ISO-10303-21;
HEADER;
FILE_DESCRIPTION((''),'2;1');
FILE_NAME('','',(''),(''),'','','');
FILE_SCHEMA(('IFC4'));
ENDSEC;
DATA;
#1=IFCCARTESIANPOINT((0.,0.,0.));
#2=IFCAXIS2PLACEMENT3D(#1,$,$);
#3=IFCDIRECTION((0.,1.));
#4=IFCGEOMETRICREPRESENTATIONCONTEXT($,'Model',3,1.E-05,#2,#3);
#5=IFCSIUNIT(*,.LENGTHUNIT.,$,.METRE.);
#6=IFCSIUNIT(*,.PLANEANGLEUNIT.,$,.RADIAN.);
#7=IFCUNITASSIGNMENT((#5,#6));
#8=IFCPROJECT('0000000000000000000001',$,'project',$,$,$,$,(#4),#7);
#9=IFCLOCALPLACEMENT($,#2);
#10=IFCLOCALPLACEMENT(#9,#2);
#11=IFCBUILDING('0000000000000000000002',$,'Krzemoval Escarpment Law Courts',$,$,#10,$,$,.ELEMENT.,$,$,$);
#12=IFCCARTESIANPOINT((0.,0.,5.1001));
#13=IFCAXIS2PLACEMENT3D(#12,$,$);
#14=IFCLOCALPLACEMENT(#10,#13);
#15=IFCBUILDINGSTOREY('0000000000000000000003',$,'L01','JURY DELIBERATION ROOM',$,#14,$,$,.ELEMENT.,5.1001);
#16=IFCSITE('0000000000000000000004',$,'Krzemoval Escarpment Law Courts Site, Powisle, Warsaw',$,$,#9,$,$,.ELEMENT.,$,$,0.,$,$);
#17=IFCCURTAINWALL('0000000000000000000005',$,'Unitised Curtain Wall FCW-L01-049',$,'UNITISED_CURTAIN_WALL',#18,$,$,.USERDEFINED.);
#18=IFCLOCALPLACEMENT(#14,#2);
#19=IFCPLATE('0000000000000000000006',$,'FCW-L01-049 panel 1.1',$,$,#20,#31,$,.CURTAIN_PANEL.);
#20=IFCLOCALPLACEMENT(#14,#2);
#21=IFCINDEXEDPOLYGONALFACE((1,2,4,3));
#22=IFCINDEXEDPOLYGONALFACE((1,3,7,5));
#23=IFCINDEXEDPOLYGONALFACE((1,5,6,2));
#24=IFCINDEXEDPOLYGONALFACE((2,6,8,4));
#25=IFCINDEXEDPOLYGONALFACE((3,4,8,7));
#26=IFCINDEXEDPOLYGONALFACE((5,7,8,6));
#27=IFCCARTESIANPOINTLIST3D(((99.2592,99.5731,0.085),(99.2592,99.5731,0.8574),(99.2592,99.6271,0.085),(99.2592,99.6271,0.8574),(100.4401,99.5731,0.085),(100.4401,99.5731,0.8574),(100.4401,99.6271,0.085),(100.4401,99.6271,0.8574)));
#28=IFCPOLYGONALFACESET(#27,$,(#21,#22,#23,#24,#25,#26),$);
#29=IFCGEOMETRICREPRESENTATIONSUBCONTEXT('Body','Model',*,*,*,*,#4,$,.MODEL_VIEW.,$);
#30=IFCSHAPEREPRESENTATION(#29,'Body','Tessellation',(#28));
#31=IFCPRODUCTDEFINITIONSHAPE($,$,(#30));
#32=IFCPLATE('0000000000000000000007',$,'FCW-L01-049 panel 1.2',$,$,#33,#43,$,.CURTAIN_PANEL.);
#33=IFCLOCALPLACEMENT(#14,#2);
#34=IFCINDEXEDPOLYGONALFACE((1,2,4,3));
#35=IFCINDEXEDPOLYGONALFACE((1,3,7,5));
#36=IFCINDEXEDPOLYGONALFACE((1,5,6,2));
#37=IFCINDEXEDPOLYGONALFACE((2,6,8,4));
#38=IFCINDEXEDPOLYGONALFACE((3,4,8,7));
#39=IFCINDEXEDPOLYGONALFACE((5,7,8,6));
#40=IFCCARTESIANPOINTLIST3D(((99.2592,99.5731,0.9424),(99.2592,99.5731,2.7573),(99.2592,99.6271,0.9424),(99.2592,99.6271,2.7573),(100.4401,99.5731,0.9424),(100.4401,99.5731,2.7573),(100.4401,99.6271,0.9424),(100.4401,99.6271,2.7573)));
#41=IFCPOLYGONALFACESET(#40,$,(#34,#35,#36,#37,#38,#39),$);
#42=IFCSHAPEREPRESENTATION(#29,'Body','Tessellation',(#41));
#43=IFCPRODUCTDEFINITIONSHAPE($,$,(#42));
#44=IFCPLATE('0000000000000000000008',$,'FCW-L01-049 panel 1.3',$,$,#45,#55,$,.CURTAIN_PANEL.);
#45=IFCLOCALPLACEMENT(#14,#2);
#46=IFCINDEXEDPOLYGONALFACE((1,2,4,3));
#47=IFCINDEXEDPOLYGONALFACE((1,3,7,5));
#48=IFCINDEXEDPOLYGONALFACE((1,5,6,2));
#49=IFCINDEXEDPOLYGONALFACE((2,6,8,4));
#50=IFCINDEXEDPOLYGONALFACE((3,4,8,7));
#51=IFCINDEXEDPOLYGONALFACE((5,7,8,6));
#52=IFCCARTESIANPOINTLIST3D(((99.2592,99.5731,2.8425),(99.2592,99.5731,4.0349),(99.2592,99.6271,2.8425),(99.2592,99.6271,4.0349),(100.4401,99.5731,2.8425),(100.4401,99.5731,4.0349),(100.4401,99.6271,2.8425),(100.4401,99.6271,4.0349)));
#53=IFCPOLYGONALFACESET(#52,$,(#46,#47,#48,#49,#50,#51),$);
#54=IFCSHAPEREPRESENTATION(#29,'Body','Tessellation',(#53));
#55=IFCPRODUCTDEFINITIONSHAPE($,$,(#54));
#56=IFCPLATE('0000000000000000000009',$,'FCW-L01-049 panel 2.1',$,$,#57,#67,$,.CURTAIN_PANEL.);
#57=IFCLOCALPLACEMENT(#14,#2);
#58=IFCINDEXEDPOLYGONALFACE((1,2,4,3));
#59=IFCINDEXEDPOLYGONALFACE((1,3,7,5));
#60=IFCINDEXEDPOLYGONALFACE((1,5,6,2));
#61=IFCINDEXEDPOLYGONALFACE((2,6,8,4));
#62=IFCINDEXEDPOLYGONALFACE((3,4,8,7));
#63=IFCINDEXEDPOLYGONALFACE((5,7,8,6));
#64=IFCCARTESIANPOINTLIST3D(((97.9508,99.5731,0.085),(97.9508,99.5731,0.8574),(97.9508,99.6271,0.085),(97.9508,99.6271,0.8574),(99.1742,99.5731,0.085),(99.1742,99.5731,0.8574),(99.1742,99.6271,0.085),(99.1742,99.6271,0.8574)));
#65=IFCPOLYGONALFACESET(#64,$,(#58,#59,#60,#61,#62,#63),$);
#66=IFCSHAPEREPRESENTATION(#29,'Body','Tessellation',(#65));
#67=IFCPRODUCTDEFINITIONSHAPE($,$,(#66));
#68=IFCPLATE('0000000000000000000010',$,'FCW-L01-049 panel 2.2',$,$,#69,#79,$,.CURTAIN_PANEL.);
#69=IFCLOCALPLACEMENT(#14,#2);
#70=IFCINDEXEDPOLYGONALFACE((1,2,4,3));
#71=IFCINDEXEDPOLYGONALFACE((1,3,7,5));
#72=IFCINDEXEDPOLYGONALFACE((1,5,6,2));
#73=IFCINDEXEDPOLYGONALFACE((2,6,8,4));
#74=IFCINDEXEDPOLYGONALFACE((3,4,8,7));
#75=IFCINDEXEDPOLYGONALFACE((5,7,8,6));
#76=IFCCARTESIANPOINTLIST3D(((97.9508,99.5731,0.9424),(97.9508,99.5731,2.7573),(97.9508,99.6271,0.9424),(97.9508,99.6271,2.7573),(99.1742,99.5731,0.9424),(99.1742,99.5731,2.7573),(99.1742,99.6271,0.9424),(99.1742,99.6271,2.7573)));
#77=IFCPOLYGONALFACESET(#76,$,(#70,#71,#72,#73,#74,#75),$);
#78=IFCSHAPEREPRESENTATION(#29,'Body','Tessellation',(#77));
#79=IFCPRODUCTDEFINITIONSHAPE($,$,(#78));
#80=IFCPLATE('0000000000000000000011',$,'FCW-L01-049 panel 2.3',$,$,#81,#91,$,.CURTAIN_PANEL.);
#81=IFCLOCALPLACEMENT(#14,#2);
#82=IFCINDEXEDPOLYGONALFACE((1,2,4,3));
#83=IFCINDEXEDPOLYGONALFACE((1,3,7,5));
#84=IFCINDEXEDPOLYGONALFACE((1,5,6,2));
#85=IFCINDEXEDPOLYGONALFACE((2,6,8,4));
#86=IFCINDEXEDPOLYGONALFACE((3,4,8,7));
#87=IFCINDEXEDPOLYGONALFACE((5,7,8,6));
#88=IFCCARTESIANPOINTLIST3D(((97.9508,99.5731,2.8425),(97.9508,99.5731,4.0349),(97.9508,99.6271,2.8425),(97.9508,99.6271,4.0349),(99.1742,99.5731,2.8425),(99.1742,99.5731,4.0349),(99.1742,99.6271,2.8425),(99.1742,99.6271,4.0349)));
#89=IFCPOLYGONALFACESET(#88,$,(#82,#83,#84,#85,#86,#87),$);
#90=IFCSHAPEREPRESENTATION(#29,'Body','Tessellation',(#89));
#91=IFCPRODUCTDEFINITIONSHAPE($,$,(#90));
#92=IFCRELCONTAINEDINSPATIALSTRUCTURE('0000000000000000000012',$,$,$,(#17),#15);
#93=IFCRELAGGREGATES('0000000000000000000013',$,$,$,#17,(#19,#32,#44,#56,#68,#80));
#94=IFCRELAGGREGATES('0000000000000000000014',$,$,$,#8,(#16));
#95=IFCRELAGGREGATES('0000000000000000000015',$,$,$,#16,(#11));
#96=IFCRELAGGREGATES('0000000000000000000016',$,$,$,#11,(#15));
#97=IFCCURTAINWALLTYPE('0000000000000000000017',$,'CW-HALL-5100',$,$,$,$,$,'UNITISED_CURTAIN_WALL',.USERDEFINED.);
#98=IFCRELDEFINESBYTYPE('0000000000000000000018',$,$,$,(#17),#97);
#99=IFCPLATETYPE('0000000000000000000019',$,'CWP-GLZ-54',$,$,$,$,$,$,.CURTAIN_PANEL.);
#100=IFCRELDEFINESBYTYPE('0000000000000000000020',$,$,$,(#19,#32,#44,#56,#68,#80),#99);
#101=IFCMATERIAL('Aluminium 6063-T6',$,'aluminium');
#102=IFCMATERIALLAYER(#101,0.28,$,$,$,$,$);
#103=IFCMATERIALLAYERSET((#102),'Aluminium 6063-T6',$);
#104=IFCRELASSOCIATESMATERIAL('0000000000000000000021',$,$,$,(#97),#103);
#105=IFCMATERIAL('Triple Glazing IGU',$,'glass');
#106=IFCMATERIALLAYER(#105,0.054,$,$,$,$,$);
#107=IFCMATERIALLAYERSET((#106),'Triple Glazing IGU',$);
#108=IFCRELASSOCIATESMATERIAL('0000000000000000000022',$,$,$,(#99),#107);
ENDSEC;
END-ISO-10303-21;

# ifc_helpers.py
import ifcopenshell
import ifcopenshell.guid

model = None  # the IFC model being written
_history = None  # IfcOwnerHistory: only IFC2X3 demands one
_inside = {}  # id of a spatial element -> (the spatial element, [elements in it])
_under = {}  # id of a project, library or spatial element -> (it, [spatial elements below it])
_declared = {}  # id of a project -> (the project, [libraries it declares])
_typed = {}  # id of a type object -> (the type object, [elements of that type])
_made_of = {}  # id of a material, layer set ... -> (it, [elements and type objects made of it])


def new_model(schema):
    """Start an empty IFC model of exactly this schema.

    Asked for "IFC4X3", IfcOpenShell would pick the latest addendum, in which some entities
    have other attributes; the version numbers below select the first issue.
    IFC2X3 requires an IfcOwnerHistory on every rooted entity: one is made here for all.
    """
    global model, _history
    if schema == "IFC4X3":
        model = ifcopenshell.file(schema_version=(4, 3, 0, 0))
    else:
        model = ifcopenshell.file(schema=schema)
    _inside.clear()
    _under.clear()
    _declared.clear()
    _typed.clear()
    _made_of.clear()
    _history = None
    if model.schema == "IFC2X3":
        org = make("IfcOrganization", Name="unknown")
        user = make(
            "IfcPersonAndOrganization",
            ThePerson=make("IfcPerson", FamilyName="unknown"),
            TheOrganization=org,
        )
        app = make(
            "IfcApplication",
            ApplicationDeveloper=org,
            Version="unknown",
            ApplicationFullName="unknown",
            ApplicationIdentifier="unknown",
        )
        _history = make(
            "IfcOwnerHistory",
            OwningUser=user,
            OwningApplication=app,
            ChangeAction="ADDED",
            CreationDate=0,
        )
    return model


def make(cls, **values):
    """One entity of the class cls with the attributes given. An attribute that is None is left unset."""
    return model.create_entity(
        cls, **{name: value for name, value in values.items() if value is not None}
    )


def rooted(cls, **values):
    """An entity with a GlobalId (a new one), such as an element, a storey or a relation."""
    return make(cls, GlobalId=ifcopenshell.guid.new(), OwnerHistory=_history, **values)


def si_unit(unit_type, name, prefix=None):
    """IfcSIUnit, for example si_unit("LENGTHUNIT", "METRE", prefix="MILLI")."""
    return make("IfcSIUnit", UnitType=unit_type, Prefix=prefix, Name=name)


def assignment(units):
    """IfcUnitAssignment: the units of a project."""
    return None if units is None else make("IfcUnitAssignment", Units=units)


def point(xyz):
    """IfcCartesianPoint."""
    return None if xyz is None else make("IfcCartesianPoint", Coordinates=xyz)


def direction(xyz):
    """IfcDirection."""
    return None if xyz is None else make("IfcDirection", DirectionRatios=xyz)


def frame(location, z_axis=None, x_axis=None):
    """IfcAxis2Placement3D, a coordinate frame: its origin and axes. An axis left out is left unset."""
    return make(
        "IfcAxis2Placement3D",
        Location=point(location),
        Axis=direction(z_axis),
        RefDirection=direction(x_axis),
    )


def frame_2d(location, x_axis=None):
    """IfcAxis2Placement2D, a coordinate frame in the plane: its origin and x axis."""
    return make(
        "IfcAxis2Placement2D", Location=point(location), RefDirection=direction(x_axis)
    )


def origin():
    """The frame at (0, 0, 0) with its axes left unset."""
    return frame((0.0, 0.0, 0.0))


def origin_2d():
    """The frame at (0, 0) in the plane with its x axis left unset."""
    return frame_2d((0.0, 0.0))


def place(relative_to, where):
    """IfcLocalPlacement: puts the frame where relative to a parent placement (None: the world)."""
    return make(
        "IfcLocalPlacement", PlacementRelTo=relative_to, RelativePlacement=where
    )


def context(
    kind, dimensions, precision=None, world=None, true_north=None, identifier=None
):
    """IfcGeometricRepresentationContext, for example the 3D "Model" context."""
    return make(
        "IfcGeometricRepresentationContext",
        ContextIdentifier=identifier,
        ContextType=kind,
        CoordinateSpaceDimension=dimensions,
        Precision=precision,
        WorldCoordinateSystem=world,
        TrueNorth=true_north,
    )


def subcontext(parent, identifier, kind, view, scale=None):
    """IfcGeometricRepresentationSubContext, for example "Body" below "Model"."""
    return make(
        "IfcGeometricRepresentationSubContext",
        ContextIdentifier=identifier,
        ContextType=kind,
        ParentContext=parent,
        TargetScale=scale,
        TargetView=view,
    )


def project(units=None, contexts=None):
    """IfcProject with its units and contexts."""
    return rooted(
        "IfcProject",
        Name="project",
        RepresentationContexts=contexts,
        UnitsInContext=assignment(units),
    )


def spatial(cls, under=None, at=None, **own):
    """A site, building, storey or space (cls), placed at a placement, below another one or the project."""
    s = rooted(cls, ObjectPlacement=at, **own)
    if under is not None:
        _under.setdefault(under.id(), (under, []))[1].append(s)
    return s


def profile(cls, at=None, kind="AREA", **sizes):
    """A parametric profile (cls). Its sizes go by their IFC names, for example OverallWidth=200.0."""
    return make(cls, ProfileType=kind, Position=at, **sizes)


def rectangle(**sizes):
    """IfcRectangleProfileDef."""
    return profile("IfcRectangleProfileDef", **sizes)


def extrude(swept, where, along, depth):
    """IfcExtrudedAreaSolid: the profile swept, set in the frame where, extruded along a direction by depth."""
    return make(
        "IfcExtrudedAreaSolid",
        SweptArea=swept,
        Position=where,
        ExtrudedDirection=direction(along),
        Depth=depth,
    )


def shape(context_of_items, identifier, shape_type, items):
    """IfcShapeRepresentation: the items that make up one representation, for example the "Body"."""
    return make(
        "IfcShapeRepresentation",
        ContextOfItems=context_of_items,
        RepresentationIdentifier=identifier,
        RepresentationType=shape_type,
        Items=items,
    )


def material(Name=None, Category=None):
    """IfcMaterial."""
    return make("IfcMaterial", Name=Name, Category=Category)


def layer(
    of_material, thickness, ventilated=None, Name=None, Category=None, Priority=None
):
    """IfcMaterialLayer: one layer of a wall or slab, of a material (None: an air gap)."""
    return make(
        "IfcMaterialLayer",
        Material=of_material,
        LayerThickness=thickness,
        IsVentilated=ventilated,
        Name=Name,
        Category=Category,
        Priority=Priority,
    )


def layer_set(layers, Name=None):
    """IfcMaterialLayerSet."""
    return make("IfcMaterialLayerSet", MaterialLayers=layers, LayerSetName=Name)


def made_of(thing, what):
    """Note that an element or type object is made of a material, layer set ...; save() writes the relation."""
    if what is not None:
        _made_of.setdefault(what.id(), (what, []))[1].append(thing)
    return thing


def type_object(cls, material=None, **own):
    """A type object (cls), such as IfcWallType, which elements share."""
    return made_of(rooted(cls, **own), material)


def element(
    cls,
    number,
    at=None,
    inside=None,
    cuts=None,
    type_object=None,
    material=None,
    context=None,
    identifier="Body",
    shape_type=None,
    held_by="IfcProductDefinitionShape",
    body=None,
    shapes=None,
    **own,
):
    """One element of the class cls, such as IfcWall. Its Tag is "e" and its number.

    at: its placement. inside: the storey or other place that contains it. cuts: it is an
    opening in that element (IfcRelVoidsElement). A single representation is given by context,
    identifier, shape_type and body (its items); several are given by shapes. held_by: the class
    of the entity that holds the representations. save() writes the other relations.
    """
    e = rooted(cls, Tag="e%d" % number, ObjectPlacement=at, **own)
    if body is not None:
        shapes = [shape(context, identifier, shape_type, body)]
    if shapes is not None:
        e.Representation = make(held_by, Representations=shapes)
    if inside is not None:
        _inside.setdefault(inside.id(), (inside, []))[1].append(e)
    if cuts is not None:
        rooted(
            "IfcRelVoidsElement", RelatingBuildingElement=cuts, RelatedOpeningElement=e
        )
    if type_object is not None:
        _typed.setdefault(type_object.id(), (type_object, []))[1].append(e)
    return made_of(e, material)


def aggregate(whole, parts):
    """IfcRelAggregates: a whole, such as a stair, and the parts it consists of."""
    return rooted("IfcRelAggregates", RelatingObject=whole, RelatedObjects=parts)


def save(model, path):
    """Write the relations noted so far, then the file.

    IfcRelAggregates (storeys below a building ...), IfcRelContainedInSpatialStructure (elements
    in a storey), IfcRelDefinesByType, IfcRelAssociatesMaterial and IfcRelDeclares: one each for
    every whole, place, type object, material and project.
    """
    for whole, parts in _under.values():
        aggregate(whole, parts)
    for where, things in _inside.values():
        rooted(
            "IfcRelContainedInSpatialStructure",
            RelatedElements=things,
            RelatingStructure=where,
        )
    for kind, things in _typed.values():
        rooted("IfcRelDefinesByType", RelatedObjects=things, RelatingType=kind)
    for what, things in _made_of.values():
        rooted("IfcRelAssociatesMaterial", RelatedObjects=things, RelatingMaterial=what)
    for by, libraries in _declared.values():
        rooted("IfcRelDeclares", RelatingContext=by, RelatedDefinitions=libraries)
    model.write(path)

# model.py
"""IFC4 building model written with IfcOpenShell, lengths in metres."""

from ifc_helpers import new_model, si_unit, direction, frame, origin, origin_2d, place, context, subcontext, project, spatial, rectangle, extrude, material, layer, layer_set, type_object, element, aggregate, save


model = new_model("IFC4")

# Units and contexts
model_context = context("Model", 3, precision=1e-05, world=origin(), true_north=direction((0.0, 1.0)))
body_context = subcontext(model_context, "Body", "Model", "MODEL_VIEW")
ifc_project = project(units=[si_unit("LENGTHUNIT", "METRE"), si_unit("PLANEANGLEUNIT", "RADIAN")], contexts=[model_context])

# Site, building, storey
site_placement = place(None, origin())
site = spatial("IfcSite", under=ifc_project, at=site_placement, Name="Krzemoval Escarpment Law Courts Site, Powisle, Warsaw", CompositionType="ELEMENT", RefElevation=0.0)
building_placement = place(site_placement, origin())
building = spatial("IfcBuilding", under=site, at=building_placement, Name="Krzemoval Escarpment Law Courts", CompositionType="ELEMENT")
storey_placement = place(building_placement, frame((0.0, 0.0, 5.1001)))
storey = spatial("IfcBuildingStorey", under=building, at=storey_placement, Name="L01", Description="JURY DELIBERATION ROOM", CompositionType="ELEMENT", Elevation=5.1001)

# Shared definitions
ifc_material_1 = material(Name="Aluminium 6063-T6", Category="aluminium")
ifc_layer_1 = layer(ifc_material_1, 0.28)
ifc_layer_set_1 = layer_set([ifc_layer_1], Name="Aluminium 6063-T6")
curtain_wall_type = type_object("IfcCurtainWallType", Name="CW-HALL-5100", ElementType="UNITISED_CURTAIN_WALL", PredefinedType="USERDEFINED", material=ifc_layer_set_1)

# Curtain wall
curtain_wall_1_placement = place(storey_placement, origin())
curtain_wall_1 = element("IfcCurtainWall", 1, at=curtain_wall_1_placement, inside=storey, type_object=curtain_wall_type, Name="Unitised Curtain Wall FCW-L01-049", ObjectType="UNITISED_CURTAIN_WALL", PredefinedType="USERDEFINED")

# Plates
ifc_material_2 = material(Name="Triple Glazing IGU", Category="glass")
ifc_layer_2 = layer(ifc_material_2, 0.054)
ifc_layer_set_2 = layer_set([ifc_layer_2], Name="Triple Glazing IGU")
plate_type = type_object("IfcPlateType", Name="CWP-GLZ-54", PredefinedType="CURTAIN_PANEL", material=ifc_layer_set_2)
plate_1_placement = place(storey_placement, frame((99.8496, 99.6001, 0.085), z_axis=(0.0, 0.0, 1.0), x_axis=(-1.0, 0.0, 0.0)))
plate_1 = element("IfcPlate", 2, at=plate_1_placement, type_object=plate_type, Name="FCW-L01-049 panel 1.1", PredefinedType="CURTAIN_PANEL", context=body_context, shape_type="SweptSolid", body=[
    extrude(rectangle(XDim=1.1809, YDim=0.054, at=origin_2d()), origin(), (0.0, 0.0, 1.0), 0.7725),
])
plate_2_placement = place(storey_placement, frame((99.8496, 99.6001, 0.9424), z_axis=(0.0, 0.0, 1.0), x_axis=(-1.0, 0.0, 0.0)))
plate_2 = element("IfcPlate", 3, at=plate_2_placement, type_object=plate_type, Name="FCW-L01-049 panel 1.2", PredefinedType="CURTAIN_PANEL", context=body_context, shape_type="SweptSolid", body=[
    extrude(rectangle(XDim=1.1809, YDim=0.054, at=origin_2d()), origin(), (0.0, 0.0, 1.0), 1.8149),
])
plate_3_placement = place(storey_placement, frame((99.8496, 99.6001, 2.8425), z_axis=(0.0, 0.0, 1.0), x_axis=(-1.0, 0.0, 0.0)))
plate_3 = element("IfcPlate", 4, at=plate_3_placement, type_object=plate_type, Name="FCW-L01-049 panel 1.3", PredefinedType="CURTAIN_PANEL", context=body_context, shape_type="SweptSolid", body=[
    extrude(rectangle(XDim=1.1809, YDim=0.054, at=origin_2d()), origin(), (0.0, 0.0, 1.0), 1.1924),
])
plate_4_placement = place(storey_placement, frame((98.5625, 99.6001, 0.085), z_axis=(0.0, 0.0, 1.0), x_axis=(-1.0, 0.0, 0.0)))
plate_4 = element("IfcPlate", 5, at=plate_4_placement, type_object=plate_type, Name="FCW-L01-049 panel 2.1", PredefinedType="CURTAIN_PANEL", context=body_context, shape_type="SweptSolid", body=[
    extrude(rectangle(XDim=1.2234, YDim=0.054, at=origin_2d()), origin(), (0.0, 0.0, 1.0), 0.7725),
])
plate_5_placement = place(storey_placement, frame((98.5625, 99.6001, 0.9424), z_axis=(0.0, 0.0, 1.0), x_axis=(-1.0, 0.0, 0.0)))
plate_5 = element("IfcPlate", 6, at=plate_5_placement, type_object=plate_type, Name="FCW-L01-049 panel 2.2", PredefinedType="CURTAIN_PANEL", context=body_context, shape_type="SweptSolid", body=[
    extrude(rectangle(XDim=1.2234, YDim=0.054, at=origin_2d()), origin(), (0.0, 0.0, 1.0), 1.8149),
])
plate_6_placement = place(storey_placement, frame((98.5625, 99.6001, 2.8425), z_axis=(0.0, 0.0, 1.0), x_axis=(-1.0, 0.0, 0.0)))
plate_6 = element("IfcPlate", 7, at=plate_6_placement, type_object=plate_type, Name="FCW-L01-049 panel 2.3", PredefinedType="CURTAIN_PANEL", context=body_context, shape_type="SweptSolid", body=[
    extrude(rectangle(XDim=1.2234, YDim=0.054, at=origin_2d()), origin(), (0.0, 0.0, 1.0), 1.1924),
])
aggregate(curtain_wall_1, [plate_1, plate_2, plate_3, plate_4, plate_5, plate_6])

save(model, "model.ifc")
